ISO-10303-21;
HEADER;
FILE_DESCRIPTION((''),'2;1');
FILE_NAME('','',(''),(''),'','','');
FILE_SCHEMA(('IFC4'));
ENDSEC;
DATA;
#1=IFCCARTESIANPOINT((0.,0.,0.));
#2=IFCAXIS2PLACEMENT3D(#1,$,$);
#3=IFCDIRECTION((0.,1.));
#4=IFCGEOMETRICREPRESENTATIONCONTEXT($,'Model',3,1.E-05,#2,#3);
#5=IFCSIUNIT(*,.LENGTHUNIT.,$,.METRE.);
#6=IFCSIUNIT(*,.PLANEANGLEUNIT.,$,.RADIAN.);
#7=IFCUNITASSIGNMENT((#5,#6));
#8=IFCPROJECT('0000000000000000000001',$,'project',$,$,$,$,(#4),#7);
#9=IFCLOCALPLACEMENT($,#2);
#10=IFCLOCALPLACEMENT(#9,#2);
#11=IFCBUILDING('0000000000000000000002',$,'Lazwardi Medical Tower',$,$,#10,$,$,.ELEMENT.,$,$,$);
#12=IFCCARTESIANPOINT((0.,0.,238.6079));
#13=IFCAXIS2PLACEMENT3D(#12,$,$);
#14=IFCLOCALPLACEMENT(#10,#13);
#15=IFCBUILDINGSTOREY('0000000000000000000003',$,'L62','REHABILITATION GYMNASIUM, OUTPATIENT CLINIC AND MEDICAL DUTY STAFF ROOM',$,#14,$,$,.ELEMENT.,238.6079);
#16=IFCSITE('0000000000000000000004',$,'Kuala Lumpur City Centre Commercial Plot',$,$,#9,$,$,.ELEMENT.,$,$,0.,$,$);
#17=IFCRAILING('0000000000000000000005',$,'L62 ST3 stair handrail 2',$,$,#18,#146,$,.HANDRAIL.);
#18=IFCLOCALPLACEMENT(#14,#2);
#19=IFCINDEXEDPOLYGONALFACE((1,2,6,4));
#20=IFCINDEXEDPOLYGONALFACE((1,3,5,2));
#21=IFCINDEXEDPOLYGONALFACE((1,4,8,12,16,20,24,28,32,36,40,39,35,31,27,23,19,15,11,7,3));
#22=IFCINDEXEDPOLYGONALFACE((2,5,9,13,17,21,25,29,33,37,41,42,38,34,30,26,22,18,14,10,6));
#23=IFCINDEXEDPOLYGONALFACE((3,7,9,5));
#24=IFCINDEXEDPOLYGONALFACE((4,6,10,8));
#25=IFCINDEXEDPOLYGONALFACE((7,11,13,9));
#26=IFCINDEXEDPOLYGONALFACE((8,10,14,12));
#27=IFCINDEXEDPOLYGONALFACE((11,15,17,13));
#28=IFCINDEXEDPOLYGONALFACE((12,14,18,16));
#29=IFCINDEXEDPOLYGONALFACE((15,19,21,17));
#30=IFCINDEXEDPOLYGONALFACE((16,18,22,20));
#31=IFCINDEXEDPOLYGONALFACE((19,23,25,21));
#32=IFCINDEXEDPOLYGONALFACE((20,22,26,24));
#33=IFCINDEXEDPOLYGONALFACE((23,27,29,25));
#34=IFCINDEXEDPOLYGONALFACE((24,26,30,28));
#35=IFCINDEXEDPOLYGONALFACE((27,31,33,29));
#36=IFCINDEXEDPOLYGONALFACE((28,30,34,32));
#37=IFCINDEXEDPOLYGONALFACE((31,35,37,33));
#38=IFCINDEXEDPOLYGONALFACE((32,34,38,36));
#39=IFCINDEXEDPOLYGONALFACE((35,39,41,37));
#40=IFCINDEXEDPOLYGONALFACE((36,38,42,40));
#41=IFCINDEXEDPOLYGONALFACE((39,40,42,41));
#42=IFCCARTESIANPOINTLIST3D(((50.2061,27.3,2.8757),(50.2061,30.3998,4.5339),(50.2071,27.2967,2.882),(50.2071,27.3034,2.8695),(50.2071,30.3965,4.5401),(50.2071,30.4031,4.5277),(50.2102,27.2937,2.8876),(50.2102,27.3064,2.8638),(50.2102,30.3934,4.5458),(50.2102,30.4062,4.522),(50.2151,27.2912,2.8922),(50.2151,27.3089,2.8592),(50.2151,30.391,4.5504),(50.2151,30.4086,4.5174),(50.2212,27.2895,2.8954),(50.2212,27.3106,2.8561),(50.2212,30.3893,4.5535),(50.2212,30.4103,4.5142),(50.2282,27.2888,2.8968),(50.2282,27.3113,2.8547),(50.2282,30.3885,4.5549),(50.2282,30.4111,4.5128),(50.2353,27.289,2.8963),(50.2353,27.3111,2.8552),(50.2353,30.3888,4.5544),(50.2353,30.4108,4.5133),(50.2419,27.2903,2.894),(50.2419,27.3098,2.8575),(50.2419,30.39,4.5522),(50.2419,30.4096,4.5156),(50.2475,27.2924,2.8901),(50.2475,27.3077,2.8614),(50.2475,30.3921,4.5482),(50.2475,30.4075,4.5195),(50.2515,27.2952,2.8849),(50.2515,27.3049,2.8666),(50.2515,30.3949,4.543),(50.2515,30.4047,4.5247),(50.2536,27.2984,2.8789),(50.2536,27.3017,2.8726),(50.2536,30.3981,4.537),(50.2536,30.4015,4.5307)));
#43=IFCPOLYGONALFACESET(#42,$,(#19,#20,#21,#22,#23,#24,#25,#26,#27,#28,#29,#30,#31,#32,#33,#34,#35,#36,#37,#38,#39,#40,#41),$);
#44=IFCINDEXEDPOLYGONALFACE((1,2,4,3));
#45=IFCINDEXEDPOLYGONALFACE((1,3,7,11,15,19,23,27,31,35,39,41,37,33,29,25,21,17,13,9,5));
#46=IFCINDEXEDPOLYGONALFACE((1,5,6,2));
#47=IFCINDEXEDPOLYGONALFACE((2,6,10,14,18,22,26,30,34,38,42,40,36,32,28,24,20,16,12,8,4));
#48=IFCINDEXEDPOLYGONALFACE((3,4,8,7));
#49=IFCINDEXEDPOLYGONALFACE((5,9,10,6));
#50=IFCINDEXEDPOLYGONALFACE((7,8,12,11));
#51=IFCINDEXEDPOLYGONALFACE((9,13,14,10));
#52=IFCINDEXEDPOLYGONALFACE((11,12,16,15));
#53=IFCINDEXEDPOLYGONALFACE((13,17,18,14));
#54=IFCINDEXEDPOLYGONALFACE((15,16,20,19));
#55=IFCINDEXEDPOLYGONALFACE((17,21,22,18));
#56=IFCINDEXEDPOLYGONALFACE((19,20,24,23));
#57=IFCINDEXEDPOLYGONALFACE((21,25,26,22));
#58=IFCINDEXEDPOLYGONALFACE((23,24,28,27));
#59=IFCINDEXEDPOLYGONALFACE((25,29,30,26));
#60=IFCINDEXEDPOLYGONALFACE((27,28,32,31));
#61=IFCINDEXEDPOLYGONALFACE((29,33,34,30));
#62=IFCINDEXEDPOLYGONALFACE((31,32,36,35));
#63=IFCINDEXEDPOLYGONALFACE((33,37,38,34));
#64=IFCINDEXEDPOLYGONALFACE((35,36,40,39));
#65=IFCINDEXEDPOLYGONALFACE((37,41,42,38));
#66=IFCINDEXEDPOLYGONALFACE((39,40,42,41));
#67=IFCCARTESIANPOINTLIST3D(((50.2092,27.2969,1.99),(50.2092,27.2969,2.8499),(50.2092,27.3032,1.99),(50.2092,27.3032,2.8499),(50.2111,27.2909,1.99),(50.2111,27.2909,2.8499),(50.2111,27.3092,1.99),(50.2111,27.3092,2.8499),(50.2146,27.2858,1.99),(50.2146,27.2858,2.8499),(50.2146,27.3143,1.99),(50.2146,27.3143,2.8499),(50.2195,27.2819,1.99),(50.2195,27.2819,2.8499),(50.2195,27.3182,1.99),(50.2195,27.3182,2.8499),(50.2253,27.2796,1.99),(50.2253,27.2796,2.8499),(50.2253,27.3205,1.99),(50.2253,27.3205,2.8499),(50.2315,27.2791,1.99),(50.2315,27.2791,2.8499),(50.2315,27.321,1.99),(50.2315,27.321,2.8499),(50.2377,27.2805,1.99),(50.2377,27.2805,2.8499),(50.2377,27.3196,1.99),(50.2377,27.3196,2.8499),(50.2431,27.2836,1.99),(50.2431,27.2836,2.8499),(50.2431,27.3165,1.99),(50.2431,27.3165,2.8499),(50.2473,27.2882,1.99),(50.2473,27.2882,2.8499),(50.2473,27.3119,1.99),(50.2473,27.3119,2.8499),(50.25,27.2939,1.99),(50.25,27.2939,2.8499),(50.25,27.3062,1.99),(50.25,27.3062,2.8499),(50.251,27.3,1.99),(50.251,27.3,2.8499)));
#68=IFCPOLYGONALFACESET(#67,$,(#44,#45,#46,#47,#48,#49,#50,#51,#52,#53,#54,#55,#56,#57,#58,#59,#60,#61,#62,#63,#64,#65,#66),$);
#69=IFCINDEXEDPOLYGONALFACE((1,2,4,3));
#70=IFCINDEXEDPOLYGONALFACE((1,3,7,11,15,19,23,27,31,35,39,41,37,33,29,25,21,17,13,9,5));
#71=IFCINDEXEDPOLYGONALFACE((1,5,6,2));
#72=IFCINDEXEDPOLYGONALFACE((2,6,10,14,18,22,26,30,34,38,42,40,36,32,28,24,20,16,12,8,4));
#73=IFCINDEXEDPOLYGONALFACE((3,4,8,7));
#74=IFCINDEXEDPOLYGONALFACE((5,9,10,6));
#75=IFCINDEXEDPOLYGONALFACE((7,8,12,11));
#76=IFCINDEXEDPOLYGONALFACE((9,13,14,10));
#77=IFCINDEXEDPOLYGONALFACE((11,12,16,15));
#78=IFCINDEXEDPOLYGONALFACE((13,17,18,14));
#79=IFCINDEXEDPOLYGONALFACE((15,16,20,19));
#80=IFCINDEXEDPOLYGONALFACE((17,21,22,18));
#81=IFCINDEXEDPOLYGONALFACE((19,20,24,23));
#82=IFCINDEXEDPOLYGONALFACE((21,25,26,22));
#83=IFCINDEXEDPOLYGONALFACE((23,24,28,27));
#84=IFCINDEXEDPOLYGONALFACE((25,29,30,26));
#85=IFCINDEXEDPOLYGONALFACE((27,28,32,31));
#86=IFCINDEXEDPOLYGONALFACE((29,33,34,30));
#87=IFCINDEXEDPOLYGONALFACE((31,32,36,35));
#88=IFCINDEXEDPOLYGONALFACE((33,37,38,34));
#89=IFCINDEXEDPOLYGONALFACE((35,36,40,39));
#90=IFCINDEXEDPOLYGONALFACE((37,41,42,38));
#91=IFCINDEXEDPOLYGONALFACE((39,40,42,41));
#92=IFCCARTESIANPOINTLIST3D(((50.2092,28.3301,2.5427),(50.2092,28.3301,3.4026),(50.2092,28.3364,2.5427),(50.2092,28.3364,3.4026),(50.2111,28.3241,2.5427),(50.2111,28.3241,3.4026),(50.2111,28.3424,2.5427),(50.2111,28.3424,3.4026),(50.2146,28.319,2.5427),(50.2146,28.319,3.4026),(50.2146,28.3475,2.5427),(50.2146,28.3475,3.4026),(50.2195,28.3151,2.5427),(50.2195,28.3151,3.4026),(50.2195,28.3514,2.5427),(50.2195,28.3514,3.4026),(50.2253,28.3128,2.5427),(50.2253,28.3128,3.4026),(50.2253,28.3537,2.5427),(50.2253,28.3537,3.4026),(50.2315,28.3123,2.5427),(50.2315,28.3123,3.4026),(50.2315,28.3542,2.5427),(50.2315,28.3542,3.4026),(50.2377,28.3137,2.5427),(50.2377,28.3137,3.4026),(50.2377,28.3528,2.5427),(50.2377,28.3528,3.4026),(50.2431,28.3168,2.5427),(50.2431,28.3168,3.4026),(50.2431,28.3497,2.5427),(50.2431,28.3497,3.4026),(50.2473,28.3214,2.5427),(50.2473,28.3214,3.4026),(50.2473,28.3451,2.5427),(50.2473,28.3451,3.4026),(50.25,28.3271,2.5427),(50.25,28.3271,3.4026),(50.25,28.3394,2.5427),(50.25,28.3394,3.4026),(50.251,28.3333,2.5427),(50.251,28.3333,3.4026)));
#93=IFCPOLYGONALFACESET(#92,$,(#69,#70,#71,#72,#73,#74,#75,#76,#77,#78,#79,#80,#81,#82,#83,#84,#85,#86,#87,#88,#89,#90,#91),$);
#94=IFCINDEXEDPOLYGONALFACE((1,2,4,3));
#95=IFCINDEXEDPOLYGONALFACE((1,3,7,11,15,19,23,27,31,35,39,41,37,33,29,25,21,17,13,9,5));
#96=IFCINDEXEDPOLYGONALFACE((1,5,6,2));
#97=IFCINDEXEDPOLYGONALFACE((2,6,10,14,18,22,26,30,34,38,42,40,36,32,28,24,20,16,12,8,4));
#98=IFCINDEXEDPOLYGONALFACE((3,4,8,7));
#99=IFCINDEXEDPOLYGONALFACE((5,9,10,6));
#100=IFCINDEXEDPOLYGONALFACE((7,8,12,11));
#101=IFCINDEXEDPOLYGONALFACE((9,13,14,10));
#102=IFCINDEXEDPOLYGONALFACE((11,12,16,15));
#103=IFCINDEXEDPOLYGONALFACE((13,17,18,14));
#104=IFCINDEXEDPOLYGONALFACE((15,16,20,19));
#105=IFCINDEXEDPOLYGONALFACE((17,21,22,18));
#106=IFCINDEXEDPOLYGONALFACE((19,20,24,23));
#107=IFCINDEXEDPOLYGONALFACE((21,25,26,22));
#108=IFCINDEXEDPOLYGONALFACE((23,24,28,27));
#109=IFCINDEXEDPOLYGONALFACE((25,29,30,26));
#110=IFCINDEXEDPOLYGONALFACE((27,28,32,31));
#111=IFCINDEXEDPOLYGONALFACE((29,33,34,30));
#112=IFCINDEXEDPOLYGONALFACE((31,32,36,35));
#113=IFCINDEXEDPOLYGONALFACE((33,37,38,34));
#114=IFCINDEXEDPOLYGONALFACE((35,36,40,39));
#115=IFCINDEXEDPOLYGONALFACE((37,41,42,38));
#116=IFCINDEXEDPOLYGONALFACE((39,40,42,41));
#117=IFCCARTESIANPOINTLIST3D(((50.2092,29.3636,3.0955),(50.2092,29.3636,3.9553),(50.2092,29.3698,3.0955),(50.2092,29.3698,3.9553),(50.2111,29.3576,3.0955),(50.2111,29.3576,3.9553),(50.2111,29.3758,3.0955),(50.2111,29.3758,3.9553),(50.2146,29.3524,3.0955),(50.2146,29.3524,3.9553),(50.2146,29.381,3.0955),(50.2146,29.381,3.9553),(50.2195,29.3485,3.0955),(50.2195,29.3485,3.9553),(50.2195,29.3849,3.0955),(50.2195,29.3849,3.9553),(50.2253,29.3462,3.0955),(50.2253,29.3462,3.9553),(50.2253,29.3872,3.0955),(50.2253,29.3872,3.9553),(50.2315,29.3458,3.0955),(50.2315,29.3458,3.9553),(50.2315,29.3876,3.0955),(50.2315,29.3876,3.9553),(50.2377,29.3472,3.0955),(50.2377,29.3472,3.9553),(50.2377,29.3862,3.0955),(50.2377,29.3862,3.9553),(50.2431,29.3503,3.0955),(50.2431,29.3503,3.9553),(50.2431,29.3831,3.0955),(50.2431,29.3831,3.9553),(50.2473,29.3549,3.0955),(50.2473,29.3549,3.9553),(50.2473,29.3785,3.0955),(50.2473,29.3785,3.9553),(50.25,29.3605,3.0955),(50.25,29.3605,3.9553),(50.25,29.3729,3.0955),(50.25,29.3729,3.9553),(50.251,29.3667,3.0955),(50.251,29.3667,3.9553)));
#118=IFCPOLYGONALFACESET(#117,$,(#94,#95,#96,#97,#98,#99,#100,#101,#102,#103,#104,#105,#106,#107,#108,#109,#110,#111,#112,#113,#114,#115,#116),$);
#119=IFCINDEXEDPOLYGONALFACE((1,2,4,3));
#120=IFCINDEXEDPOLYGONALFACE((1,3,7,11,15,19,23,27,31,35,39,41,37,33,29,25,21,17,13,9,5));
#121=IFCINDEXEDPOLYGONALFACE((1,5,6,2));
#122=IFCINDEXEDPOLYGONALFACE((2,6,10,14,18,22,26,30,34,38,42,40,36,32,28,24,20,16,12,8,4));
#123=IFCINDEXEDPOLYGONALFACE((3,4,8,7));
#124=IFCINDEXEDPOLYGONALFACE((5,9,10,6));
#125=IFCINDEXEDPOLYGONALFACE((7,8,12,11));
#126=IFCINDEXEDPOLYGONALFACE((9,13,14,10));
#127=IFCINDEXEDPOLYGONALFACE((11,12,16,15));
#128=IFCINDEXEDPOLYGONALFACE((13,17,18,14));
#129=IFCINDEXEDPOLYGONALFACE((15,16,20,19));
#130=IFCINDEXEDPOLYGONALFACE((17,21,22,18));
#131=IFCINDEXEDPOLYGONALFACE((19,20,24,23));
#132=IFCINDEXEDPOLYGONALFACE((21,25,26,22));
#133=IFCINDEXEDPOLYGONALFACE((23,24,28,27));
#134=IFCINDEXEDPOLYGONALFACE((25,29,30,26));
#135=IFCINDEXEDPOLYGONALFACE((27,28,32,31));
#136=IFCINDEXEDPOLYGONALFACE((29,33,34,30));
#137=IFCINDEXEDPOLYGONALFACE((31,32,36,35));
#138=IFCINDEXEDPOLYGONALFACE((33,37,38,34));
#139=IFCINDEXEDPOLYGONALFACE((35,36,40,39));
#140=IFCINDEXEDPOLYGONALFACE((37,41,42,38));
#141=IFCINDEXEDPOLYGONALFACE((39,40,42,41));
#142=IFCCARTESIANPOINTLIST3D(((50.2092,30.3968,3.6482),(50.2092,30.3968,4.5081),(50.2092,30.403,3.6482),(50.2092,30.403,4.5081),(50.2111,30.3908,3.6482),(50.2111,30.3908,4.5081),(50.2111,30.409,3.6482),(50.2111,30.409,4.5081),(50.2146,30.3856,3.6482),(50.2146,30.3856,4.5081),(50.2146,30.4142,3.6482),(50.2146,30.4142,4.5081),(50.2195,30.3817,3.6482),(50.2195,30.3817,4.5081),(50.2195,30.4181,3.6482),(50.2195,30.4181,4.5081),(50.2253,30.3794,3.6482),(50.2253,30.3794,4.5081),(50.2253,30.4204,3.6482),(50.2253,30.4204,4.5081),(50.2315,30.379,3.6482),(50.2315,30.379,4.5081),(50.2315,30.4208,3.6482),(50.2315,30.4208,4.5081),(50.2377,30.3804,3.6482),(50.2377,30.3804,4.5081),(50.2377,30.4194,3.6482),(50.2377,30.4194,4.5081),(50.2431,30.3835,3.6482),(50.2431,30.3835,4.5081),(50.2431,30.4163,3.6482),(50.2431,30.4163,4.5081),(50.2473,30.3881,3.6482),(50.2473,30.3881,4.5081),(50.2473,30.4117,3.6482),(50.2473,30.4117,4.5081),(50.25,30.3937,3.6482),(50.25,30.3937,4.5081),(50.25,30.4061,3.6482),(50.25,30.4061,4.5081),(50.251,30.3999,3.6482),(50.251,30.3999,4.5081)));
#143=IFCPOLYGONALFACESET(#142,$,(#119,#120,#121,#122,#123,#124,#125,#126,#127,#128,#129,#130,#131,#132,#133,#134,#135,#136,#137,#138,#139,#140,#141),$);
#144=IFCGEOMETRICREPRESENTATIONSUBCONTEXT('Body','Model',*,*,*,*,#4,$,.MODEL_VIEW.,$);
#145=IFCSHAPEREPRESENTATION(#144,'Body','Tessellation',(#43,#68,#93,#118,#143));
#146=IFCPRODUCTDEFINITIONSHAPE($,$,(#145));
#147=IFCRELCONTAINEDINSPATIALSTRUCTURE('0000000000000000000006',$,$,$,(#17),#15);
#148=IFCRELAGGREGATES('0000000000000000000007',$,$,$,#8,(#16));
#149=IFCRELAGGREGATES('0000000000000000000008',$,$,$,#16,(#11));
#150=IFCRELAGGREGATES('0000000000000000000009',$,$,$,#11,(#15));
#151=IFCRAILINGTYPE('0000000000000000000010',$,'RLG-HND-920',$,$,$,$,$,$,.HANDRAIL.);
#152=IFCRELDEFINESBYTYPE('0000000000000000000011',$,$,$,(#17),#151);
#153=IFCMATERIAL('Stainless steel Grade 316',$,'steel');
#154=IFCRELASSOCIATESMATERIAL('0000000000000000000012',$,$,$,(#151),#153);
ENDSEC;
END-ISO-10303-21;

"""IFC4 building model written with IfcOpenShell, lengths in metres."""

from ifc_helpers import new_model, si_unit, direction, frame, origin, origin_2d, place, context, subcontext, project, spatial, circle, extrude, material, type_object, element, save


model = new_model("IFC4")

# Units and contexts
model_context = context("Model", 3, precision=1e-05, world=origin(), true_north=direction((0.0, 1.0)))
body_context = subcontext(model_context, "Body", "Model", "MODEL_VIEW")
ifc_project = project(units=[si_unit("LENGTHUNIT", "METRE"), si_unit("PLANEANGLEUNIT", "RADIAN")], contexts=[model_context])

# Site, building, storey
site_placement = place(None, origin())
site = spatial("IfcSite", under=ifc_project, at=site_placement, Name="Kuala Lumpur City Centre Commercial Plot", CompositionType="ELEMENT", RefElevation=0.0)
building_placement = place(site_placement, origin())
building = spatial("IfcBuilding", under=site, at=building_placement, Name="Lazwardi Medical Tower", CompositionType="ELEMENT")
storey_placement = place(building_placement, frame((0.0, 0.0, 238.6079)))
storey = spatial("IfcBuildingStorey", under=building, at=storey_placement, Name="L62", Description="REHABILITATION GYMNASIUM, OUTPATIENT CLINIC AND MEDICAL DUTY STAFF ROOM", CompositionType="ELEMENT", Elevation=238.6079)

# Railing
ifc_material_1 = material(Name="Stainless steel Grade 316", Category="steel")
railing_type_1 = type_object("IfcRailingType", Name="RLG-HND-920", PredefinedType="HANDRAIL", material=ifc_material_1)
railing_1_placement = place(storey_placement, frame((50.23, 27.3, 1.99)))
element("IfcRailing", 1, at=railing_1_placement, inside=storey, type_object=railing_type_1, Name="L62 ST3 stair handrail 2", PredefinedType="HANDRAIL", context=body_context, shape_type="SweptSolid", body=[
    extrude(circle(Radius=0.0239, at=origin_2d()), frame((0.0, 0.0, 0.8857), z_axis=(0.0, 0.881768, 0.471684), x_axis=(-1.0, 0.0, 0.0)), (0.0, 0.0, 1.0), 3.5154),
    extrude(circle(Radius=0.021, at=origin_2d()), origin(), (0.0, 0.0, 1.0), 0.8599),
    extrude(circle(Radius=0.021, at=origin_2d()), frame((0.0, 1.0332, 0.5527)), (0.0, 0.0, 1.0), 0.8599),
    extrude(circle(Radius=0.021, at=origin_2d()), frame((0.0, 2.0667, 1.1055)), (0.0, 0.0, 1.0), 0.8599),
    extrude(circle(Radius=0.021, at=origin_2d()), frame((0.0, 3.0999, 1.6582)), (0.0, 0.0, 1.0), 0.8599),
])

save(model, "model.ifc")
